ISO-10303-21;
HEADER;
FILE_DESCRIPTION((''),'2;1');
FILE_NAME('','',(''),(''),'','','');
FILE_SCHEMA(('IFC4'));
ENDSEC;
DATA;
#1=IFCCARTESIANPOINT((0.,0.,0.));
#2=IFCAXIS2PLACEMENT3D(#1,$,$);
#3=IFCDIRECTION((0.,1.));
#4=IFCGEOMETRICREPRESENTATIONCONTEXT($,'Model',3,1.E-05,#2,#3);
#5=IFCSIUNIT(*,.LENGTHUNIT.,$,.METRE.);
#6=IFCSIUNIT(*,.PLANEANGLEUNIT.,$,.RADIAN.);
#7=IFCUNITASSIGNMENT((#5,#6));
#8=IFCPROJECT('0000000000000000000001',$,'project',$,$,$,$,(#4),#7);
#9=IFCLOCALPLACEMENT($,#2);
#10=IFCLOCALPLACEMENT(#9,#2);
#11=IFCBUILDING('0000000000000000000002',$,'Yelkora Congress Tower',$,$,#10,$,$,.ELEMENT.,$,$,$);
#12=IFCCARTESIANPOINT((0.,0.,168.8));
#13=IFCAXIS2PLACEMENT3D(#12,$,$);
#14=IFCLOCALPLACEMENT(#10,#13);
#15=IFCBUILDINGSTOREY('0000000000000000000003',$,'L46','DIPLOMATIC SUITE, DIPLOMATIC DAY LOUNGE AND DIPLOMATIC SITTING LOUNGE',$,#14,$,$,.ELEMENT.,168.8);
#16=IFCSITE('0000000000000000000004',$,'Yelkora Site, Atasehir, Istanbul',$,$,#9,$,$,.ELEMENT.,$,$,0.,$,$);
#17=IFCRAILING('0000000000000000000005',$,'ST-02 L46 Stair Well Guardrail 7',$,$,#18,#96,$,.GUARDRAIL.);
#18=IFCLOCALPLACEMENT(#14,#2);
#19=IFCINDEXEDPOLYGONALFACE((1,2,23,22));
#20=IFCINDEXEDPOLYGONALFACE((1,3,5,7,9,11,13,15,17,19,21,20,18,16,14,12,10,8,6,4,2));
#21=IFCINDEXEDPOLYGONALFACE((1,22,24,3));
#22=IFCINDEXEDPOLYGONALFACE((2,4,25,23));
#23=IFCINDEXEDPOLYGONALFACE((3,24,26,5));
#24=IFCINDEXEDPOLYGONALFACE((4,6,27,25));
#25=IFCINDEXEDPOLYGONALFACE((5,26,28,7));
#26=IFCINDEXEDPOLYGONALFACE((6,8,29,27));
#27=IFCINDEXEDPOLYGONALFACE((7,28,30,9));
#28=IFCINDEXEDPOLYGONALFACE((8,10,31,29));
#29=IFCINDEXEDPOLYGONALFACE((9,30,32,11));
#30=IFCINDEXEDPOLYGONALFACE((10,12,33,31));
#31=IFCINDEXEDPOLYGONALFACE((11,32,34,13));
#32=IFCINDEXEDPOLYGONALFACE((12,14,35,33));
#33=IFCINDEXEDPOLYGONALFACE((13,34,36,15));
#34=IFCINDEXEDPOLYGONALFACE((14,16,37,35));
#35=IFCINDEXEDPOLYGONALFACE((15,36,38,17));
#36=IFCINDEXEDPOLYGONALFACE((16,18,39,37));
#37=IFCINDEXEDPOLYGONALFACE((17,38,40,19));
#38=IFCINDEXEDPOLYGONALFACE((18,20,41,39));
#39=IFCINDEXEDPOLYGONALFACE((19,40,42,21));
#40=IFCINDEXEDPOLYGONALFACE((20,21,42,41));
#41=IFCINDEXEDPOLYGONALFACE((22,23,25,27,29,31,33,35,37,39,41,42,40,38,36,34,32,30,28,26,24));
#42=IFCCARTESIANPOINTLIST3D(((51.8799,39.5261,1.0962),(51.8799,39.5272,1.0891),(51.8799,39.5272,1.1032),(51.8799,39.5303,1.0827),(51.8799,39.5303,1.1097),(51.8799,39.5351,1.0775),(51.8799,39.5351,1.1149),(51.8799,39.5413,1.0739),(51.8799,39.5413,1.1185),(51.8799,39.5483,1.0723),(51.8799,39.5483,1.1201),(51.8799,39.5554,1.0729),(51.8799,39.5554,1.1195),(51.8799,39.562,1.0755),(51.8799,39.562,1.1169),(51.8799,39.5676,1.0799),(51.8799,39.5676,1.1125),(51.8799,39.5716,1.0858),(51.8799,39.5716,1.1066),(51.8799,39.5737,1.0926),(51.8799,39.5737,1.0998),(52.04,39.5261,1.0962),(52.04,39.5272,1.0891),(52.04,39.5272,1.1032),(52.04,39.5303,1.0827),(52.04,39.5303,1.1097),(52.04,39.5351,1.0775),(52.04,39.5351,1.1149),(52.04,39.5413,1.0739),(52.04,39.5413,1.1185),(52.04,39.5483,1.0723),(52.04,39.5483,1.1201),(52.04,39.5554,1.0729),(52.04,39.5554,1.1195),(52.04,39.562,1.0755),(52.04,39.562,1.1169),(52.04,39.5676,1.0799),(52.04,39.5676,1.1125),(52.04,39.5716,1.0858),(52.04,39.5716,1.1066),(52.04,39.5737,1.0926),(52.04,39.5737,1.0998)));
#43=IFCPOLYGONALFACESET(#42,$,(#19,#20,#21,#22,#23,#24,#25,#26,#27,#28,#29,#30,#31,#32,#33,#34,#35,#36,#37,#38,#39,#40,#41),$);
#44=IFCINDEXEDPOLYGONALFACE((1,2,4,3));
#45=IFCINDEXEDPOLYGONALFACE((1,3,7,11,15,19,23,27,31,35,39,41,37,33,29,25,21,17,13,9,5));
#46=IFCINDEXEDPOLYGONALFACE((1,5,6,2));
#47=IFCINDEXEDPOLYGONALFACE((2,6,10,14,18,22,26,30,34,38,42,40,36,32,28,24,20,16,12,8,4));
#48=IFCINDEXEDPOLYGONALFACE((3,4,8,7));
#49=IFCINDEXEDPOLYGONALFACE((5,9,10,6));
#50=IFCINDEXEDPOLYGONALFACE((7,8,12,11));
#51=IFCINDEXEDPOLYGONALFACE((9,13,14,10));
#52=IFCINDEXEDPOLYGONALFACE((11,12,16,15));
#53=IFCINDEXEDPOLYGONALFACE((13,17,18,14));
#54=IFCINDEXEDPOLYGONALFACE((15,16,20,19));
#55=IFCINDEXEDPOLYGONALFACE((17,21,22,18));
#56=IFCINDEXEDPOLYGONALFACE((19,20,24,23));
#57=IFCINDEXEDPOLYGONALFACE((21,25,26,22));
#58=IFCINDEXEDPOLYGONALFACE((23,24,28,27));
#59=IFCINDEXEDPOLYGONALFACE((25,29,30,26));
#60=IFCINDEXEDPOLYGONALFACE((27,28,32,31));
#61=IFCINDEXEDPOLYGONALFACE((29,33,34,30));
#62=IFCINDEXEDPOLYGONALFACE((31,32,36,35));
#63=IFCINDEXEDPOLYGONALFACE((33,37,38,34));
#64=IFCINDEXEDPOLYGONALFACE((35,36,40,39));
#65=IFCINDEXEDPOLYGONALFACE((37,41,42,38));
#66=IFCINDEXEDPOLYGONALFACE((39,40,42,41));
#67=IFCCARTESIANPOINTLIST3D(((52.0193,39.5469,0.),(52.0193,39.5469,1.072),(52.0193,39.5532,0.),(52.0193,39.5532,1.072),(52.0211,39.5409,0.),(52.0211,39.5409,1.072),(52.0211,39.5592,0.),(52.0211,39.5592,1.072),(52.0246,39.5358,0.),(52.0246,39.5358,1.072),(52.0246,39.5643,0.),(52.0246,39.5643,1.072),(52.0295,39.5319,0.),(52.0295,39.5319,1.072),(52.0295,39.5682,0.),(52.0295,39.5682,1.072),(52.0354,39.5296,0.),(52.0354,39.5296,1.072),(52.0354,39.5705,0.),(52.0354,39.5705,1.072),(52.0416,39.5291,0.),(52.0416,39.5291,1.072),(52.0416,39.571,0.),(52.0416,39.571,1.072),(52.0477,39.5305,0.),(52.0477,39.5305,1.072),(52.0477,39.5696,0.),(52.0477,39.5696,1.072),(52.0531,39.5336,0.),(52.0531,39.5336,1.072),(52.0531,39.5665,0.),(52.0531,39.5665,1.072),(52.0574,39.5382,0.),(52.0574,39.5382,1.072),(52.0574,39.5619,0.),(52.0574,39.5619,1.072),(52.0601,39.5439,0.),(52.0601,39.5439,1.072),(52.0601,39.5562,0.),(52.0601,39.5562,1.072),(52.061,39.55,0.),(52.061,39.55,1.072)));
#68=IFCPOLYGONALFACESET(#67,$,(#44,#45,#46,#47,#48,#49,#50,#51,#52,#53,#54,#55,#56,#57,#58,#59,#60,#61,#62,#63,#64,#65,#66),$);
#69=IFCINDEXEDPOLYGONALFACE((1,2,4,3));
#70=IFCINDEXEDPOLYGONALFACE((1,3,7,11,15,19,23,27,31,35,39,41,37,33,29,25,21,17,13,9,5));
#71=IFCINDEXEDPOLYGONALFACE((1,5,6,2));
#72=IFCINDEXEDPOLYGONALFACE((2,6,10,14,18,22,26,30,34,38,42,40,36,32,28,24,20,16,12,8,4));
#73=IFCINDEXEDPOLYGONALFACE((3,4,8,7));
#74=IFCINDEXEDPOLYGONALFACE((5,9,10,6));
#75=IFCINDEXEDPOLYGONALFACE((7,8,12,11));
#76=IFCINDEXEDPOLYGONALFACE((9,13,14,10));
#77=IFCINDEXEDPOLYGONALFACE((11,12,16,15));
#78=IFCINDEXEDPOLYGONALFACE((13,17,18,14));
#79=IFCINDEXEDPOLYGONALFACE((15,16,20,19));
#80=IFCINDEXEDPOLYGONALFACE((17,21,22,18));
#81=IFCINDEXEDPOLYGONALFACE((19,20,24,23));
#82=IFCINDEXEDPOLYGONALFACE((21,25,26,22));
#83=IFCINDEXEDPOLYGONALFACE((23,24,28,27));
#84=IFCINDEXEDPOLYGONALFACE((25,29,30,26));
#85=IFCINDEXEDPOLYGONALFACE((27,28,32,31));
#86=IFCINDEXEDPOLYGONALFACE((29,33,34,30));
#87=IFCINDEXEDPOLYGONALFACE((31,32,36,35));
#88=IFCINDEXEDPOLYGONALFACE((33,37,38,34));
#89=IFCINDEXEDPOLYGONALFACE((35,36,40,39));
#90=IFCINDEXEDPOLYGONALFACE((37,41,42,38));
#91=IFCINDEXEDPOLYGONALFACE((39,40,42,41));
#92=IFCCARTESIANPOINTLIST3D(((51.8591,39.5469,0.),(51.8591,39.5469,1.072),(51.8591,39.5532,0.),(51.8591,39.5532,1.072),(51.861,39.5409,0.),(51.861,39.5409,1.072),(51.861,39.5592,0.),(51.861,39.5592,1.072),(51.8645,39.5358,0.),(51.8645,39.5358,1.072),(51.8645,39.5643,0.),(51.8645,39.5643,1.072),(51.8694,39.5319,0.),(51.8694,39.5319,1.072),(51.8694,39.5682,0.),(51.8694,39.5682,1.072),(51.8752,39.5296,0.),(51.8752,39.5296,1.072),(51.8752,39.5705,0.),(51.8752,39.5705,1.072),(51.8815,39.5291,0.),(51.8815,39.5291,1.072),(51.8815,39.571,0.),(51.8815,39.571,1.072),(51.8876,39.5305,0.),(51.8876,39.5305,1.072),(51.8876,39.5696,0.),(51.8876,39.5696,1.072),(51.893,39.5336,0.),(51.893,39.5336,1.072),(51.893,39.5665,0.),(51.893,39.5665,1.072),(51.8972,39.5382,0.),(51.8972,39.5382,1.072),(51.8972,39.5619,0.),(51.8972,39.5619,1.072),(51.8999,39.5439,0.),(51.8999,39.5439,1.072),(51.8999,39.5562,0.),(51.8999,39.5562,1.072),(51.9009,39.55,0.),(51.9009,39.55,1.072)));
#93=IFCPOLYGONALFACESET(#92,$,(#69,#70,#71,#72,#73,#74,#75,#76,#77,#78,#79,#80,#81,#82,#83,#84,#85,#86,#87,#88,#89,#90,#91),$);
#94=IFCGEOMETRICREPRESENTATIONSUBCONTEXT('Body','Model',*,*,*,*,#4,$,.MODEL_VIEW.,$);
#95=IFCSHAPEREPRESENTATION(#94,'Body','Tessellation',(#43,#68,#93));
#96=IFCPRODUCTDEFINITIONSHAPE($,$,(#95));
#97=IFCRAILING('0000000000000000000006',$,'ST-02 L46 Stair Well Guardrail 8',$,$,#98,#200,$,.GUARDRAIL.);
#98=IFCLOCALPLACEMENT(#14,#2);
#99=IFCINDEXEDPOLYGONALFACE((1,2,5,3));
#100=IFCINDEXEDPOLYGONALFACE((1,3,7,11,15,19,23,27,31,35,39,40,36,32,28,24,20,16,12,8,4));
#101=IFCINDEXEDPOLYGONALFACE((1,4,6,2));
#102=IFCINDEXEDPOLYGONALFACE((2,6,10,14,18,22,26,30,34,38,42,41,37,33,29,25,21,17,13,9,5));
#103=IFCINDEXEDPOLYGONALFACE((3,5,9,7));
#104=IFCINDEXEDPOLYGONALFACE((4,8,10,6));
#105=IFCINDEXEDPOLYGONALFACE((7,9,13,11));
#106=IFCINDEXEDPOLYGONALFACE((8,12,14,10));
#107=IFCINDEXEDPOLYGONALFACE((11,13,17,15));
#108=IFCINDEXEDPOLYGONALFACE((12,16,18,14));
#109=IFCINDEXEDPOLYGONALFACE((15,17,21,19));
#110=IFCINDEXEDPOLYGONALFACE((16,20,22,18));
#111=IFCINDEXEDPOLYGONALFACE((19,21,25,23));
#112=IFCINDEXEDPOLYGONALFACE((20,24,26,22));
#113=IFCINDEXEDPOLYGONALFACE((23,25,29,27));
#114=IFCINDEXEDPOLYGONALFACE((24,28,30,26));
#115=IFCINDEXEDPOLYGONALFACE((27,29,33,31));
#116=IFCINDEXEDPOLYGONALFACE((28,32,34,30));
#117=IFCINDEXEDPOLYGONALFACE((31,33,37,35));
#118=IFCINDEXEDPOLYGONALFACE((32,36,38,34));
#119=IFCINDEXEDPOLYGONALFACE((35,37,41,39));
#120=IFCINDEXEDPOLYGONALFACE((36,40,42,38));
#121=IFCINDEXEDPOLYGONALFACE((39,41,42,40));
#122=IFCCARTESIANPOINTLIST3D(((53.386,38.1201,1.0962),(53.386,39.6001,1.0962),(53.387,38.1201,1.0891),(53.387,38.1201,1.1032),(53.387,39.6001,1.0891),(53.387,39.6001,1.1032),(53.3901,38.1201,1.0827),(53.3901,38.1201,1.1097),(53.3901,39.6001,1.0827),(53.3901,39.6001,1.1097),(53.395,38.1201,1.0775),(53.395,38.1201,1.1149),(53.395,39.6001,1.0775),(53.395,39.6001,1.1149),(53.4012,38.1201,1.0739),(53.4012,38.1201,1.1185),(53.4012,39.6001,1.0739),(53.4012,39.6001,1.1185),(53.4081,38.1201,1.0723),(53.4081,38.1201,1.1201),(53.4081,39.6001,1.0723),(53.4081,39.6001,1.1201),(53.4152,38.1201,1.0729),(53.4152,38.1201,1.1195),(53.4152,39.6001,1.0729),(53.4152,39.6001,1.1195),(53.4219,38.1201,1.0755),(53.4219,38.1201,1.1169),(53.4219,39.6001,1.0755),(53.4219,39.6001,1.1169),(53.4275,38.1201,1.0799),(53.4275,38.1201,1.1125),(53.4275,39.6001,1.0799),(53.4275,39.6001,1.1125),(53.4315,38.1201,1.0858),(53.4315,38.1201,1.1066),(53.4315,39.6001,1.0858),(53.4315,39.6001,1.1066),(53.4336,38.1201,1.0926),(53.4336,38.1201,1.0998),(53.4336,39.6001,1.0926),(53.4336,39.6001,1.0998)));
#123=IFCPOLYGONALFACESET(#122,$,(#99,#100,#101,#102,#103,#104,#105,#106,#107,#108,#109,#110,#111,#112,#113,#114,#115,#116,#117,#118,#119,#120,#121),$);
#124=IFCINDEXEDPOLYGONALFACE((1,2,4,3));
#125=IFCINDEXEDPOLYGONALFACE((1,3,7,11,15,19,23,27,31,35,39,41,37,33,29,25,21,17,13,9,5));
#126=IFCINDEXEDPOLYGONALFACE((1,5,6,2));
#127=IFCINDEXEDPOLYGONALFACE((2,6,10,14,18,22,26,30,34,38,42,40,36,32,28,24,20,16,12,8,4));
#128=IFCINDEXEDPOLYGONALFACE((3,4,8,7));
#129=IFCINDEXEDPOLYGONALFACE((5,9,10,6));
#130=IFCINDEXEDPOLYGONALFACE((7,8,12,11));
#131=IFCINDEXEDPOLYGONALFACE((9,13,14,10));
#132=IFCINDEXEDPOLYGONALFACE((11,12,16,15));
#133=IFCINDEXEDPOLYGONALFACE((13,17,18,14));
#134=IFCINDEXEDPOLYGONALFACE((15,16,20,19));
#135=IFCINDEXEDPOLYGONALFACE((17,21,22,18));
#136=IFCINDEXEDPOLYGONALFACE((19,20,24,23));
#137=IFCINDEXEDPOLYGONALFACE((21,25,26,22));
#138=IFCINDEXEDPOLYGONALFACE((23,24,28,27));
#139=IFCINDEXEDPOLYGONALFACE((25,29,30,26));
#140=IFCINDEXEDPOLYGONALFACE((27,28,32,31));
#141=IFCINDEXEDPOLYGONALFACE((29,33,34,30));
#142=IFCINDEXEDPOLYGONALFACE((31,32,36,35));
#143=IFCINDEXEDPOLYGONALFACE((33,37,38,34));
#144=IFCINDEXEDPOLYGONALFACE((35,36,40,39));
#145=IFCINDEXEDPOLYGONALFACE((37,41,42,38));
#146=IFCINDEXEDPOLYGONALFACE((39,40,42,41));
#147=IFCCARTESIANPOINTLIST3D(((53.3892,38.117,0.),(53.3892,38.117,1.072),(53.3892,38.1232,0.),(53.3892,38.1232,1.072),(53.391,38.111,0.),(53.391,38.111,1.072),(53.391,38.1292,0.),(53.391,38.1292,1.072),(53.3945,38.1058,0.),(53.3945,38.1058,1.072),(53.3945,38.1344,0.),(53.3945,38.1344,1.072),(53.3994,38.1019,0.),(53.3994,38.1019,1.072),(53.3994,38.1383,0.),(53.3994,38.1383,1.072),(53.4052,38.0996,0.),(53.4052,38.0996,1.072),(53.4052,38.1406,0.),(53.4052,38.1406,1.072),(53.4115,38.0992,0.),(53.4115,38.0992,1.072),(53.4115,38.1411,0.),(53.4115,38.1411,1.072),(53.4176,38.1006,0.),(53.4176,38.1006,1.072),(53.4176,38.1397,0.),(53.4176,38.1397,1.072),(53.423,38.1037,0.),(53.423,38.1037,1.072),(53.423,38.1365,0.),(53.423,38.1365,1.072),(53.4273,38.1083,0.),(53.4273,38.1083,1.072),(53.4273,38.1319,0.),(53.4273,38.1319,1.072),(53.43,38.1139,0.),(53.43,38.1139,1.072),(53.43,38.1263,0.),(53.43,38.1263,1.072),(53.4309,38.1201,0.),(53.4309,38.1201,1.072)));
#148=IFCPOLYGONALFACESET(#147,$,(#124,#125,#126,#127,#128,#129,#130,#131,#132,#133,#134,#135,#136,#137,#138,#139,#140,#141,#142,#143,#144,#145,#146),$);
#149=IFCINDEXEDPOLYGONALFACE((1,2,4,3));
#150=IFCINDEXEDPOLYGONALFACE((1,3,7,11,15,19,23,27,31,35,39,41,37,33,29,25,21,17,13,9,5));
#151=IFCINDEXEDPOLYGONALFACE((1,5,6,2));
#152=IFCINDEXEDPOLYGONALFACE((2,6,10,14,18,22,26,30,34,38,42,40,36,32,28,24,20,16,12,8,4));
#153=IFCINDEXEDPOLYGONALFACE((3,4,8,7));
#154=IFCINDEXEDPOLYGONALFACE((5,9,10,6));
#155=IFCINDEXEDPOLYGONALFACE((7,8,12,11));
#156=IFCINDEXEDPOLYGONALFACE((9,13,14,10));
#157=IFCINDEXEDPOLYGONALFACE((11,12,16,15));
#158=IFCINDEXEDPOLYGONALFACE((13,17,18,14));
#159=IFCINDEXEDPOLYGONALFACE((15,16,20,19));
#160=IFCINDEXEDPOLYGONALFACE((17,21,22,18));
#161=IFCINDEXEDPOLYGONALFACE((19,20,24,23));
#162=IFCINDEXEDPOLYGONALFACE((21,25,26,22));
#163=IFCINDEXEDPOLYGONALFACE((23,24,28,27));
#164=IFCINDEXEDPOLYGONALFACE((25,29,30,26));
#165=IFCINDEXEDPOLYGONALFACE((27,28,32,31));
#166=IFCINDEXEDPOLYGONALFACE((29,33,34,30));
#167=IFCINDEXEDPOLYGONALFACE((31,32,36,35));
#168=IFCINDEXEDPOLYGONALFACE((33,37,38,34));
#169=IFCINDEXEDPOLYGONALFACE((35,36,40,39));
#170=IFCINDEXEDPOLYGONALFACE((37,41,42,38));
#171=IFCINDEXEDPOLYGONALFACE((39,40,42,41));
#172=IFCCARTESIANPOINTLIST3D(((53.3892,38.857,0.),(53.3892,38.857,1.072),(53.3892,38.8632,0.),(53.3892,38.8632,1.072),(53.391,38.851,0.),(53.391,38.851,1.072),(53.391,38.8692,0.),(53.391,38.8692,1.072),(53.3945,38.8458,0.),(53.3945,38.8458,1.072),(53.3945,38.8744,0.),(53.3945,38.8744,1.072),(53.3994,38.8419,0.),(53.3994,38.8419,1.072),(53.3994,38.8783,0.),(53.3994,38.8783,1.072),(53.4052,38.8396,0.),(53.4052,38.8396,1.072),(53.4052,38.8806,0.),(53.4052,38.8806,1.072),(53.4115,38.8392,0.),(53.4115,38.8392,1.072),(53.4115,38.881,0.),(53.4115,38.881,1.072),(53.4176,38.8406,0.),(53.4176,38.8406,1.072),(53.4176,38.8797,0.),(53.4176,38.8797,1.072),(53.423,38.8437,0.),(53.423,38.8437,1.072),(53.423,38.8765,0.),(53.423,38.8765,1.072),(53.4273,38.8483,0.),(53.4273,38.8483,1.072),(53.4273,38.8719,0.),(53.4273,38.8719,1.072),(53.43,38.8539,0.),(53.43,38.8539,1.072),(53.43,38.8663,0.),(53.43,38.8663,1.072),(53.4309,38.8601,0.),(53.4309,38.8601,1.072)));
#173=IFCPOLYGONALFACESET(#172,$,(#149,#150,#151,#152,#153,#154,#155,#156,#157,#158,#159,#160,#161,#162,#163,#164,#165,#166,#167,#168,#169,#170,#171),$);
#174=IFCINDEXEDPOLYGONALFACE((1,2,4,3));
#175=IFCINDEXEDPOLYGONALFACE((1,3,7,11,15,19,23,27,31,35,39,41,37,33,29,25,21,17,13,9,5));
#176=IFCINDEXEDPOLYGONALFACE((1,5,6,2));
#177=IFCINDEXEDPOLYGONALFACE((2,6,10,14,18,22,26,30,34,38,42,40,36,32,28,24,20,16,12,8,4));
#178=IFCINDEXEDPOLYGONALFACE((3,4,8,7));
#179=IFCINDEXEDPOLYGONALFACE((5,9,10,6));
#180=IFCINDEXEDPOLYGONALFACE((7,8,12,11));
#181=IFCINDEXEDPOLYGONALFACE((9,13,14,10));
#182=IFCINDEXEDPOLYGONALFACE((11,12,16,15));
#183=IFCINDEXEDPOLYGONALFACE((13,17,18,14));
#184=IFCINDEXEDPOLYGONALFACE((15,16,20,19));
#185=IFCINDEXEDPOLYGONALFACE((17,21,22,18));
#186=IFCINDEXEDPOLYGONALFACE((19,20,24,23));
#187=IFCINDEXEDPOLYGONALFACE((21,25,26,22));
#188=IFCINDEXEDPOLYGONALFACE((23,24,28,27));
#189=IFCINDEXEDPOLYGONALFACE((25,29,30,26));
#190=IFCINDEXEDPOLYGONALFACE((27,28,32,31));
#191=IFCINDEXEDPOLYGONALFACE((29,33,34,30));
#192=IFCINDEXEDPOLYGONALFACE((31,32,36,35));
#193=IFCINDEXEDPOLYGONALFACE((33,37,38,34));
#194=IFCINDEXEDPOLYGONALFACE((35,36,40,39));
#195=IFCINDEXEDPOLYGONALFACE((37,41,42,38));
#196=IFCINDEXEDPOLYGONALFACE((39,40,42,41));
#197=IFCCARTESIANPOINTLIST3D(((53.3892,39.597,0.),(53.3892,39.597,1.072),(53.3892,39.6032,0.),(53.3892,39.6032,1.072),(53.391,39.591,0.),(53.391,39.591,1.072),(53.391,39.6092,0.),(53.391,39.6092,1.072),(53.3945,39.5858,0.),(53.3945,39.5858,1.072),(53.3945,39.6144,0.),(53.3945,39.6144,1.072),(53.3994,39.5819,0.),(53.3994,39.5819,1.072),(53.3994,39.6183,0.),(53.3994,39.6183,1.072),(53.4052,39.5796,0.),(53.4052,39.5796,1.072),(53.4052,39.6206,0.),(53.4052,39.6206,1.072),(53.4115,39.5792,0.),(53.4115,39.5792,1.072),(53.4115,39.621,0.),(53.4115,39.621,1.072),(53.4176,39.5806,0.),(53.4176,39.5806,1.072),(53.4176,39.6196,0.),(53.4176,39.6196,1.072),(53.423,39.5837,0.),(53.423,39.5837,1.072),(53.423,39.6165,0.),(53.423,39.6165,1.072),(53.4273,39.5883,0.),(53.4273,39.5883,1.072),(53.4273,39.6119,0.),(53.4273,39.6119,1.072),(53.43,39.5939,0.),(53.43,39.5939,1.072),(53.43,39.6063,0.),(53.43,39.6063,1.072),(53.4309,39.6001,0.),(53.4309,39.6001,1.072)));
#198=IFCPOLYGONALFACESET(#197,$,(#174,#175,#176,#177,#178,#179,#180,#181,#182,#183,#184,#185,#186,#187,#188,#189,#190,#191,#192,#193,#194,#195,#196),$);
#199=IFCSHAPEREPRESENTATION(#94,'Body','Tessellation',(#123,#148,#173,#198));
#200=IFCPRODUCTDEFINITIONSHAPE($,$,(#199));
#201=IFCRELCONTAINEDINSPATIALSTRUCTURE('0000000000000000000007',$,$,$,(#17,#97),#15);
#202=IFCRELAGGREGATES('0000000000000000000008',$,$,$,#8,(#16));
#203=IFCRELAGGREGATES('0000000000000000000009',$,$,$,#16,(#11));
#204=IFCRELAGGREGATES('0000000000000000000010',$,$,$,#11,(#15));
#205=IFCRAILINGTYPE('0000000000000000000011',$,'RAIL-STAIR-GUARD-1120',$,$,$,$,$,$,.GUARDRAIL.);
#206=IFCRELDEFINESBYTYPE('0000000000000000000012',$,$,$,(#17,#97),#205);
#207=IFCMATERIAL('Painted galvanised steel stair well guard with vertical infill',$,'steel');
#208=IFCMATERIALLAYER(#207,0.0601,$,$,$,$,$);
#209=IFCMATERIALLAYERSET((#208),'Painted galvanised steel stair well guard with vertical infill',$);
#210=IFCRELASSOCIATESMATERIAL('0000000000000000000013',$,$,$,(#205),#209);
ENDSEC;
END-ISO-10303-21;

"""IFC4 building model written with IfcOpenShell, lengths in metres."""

from ifc_helpers import new_model, si_unit, direction, frame, origin, origin_2d, place, context, subcontext, project, spatial, circle, extrude, material, layer, layer_set, type_object, element, save


model = new_model("IFC4")

# Units and contexts
model_context = context("Model", 3, precision=1e-05, world=origin(), true_north=direction((0.0, 1.0)))
body_context = subcontext(model_context, "Body", "Model", "MODEL_VIEW")
ifc_project = project(units=[si_unit("LENGTHUNIT", "METRE"), si_unit("PLANEANGLEUNIT", "RADIAN")], contexts=[model_context])

# Site, building, storey
site_placement = place(None, origin())
site = spatial("IfcSite", under=ifc_project, at=site_placement, Name="Yelkora Site, Atasehir, Istanbul", CompositionType="ELEMENT", RefElevation=0.0)
building_placement = place(site_placement, origin())
building = spatial("IfcBuilding", under=site, at=building_placement, Name="Yelkora Congress Tower", CompositionType="ELEMENT")
storey_placement = place(building_placement, frame((0.0, 0.0, 168.8)))
storey = spatial("IfcBuildingStorey", under=building, at=storey_placement, Name="L46", Description="DIPLOMATIC SUITE, DIPLOMATIC DAY LOUNGE AND DIPLOMATIC SITTING LOUNGE", CompositionType="ELEMENT", Elevation=168.8)

# Railings
ifc_material_1 = material(Name="Painted galvanised steel stair well guard with vertical infill", Category="steel")
ifc_layer_1 = layer(ifc_material_1, 0.0601)
ifc_layer_set_1 = layer_set([ifc_layer_1], Name="Painted galvanised steel stair well guard with vertical infill")
railing_type_1 = type_object("IfcRailingType", Name="RAIL-STAIR-GUARD-1120", PredefinedType="GUARDRAIL", material=ifc_layer_set_1)
railing_1_placement = place(storey_placement, frame((52.04, 39.55, 0.0)))
element("IfcRailing", 1, at=railing_1_placement, inside=storey, type_object=railing_type_1, Name="ST-02 L46 Stair Well Guardrail 7", PredefinedType="GUARDRAIL", context=body_context, shape_type="SweptSolid", body=[
    extrude(circle(Radius=0.0239, at=origin_2d()), frame((0.0, 0.0, 1.0962), z_axis=(-1.0, 0.0, 0.0), x_axis=(0.0, -1.0, 0.0)), (0.0, 0.0, 1.0), 0.1602),
    extrude(circle(Radius=0.021, at=origin_2d()), origin(), (0.0, 0.0, 1.0), 1.072),
    extrude(circle(Radius=0.021, at=origin_2d()), frame((-0.1602, 0.0, 0.0)), (0.0, 0.0, 1.0), 1.072),
])
railing_2_placement = place(storey_placement, frame((53.4099, 38.1201, 0.0)))
element("IfcRailing", 2, at=railing_2_placement, inside=storey, type_object=railing_type_1, Name="ST-02 L46 Stair Well Guardrail 8", PredefinedType="GUARDRAIL", context=body_context, shape_type="SweptSolid", body=[
    extrude(circle(Radius=0.0239, at=origin_2d()), frame((0.0, 0.0, 1.0962), z_axis=(0.0, 1.0, 0.0), x_axis=(-1.0, 0.0, 0.0)), (0.0, 0.0, 1.0), 1.48),
    extrude(circle(Radius=0.021, at=origin_2d()), origin(), (0.0, 0.0, 1.0), 1.072),
    extrude(circle(Radius=0.021, at=origin_2d()), frame((0.0, 0.74, 0.0)), (0.0, 0.0, 1.0), 1.072),
    extrude(circle(Radius=0.021, at=origin_2d()), frame((0.0, 1.48, 0.0)), (0.0, 0.0, 1.0), 1.072),
])

save(model, "model.ifc")
